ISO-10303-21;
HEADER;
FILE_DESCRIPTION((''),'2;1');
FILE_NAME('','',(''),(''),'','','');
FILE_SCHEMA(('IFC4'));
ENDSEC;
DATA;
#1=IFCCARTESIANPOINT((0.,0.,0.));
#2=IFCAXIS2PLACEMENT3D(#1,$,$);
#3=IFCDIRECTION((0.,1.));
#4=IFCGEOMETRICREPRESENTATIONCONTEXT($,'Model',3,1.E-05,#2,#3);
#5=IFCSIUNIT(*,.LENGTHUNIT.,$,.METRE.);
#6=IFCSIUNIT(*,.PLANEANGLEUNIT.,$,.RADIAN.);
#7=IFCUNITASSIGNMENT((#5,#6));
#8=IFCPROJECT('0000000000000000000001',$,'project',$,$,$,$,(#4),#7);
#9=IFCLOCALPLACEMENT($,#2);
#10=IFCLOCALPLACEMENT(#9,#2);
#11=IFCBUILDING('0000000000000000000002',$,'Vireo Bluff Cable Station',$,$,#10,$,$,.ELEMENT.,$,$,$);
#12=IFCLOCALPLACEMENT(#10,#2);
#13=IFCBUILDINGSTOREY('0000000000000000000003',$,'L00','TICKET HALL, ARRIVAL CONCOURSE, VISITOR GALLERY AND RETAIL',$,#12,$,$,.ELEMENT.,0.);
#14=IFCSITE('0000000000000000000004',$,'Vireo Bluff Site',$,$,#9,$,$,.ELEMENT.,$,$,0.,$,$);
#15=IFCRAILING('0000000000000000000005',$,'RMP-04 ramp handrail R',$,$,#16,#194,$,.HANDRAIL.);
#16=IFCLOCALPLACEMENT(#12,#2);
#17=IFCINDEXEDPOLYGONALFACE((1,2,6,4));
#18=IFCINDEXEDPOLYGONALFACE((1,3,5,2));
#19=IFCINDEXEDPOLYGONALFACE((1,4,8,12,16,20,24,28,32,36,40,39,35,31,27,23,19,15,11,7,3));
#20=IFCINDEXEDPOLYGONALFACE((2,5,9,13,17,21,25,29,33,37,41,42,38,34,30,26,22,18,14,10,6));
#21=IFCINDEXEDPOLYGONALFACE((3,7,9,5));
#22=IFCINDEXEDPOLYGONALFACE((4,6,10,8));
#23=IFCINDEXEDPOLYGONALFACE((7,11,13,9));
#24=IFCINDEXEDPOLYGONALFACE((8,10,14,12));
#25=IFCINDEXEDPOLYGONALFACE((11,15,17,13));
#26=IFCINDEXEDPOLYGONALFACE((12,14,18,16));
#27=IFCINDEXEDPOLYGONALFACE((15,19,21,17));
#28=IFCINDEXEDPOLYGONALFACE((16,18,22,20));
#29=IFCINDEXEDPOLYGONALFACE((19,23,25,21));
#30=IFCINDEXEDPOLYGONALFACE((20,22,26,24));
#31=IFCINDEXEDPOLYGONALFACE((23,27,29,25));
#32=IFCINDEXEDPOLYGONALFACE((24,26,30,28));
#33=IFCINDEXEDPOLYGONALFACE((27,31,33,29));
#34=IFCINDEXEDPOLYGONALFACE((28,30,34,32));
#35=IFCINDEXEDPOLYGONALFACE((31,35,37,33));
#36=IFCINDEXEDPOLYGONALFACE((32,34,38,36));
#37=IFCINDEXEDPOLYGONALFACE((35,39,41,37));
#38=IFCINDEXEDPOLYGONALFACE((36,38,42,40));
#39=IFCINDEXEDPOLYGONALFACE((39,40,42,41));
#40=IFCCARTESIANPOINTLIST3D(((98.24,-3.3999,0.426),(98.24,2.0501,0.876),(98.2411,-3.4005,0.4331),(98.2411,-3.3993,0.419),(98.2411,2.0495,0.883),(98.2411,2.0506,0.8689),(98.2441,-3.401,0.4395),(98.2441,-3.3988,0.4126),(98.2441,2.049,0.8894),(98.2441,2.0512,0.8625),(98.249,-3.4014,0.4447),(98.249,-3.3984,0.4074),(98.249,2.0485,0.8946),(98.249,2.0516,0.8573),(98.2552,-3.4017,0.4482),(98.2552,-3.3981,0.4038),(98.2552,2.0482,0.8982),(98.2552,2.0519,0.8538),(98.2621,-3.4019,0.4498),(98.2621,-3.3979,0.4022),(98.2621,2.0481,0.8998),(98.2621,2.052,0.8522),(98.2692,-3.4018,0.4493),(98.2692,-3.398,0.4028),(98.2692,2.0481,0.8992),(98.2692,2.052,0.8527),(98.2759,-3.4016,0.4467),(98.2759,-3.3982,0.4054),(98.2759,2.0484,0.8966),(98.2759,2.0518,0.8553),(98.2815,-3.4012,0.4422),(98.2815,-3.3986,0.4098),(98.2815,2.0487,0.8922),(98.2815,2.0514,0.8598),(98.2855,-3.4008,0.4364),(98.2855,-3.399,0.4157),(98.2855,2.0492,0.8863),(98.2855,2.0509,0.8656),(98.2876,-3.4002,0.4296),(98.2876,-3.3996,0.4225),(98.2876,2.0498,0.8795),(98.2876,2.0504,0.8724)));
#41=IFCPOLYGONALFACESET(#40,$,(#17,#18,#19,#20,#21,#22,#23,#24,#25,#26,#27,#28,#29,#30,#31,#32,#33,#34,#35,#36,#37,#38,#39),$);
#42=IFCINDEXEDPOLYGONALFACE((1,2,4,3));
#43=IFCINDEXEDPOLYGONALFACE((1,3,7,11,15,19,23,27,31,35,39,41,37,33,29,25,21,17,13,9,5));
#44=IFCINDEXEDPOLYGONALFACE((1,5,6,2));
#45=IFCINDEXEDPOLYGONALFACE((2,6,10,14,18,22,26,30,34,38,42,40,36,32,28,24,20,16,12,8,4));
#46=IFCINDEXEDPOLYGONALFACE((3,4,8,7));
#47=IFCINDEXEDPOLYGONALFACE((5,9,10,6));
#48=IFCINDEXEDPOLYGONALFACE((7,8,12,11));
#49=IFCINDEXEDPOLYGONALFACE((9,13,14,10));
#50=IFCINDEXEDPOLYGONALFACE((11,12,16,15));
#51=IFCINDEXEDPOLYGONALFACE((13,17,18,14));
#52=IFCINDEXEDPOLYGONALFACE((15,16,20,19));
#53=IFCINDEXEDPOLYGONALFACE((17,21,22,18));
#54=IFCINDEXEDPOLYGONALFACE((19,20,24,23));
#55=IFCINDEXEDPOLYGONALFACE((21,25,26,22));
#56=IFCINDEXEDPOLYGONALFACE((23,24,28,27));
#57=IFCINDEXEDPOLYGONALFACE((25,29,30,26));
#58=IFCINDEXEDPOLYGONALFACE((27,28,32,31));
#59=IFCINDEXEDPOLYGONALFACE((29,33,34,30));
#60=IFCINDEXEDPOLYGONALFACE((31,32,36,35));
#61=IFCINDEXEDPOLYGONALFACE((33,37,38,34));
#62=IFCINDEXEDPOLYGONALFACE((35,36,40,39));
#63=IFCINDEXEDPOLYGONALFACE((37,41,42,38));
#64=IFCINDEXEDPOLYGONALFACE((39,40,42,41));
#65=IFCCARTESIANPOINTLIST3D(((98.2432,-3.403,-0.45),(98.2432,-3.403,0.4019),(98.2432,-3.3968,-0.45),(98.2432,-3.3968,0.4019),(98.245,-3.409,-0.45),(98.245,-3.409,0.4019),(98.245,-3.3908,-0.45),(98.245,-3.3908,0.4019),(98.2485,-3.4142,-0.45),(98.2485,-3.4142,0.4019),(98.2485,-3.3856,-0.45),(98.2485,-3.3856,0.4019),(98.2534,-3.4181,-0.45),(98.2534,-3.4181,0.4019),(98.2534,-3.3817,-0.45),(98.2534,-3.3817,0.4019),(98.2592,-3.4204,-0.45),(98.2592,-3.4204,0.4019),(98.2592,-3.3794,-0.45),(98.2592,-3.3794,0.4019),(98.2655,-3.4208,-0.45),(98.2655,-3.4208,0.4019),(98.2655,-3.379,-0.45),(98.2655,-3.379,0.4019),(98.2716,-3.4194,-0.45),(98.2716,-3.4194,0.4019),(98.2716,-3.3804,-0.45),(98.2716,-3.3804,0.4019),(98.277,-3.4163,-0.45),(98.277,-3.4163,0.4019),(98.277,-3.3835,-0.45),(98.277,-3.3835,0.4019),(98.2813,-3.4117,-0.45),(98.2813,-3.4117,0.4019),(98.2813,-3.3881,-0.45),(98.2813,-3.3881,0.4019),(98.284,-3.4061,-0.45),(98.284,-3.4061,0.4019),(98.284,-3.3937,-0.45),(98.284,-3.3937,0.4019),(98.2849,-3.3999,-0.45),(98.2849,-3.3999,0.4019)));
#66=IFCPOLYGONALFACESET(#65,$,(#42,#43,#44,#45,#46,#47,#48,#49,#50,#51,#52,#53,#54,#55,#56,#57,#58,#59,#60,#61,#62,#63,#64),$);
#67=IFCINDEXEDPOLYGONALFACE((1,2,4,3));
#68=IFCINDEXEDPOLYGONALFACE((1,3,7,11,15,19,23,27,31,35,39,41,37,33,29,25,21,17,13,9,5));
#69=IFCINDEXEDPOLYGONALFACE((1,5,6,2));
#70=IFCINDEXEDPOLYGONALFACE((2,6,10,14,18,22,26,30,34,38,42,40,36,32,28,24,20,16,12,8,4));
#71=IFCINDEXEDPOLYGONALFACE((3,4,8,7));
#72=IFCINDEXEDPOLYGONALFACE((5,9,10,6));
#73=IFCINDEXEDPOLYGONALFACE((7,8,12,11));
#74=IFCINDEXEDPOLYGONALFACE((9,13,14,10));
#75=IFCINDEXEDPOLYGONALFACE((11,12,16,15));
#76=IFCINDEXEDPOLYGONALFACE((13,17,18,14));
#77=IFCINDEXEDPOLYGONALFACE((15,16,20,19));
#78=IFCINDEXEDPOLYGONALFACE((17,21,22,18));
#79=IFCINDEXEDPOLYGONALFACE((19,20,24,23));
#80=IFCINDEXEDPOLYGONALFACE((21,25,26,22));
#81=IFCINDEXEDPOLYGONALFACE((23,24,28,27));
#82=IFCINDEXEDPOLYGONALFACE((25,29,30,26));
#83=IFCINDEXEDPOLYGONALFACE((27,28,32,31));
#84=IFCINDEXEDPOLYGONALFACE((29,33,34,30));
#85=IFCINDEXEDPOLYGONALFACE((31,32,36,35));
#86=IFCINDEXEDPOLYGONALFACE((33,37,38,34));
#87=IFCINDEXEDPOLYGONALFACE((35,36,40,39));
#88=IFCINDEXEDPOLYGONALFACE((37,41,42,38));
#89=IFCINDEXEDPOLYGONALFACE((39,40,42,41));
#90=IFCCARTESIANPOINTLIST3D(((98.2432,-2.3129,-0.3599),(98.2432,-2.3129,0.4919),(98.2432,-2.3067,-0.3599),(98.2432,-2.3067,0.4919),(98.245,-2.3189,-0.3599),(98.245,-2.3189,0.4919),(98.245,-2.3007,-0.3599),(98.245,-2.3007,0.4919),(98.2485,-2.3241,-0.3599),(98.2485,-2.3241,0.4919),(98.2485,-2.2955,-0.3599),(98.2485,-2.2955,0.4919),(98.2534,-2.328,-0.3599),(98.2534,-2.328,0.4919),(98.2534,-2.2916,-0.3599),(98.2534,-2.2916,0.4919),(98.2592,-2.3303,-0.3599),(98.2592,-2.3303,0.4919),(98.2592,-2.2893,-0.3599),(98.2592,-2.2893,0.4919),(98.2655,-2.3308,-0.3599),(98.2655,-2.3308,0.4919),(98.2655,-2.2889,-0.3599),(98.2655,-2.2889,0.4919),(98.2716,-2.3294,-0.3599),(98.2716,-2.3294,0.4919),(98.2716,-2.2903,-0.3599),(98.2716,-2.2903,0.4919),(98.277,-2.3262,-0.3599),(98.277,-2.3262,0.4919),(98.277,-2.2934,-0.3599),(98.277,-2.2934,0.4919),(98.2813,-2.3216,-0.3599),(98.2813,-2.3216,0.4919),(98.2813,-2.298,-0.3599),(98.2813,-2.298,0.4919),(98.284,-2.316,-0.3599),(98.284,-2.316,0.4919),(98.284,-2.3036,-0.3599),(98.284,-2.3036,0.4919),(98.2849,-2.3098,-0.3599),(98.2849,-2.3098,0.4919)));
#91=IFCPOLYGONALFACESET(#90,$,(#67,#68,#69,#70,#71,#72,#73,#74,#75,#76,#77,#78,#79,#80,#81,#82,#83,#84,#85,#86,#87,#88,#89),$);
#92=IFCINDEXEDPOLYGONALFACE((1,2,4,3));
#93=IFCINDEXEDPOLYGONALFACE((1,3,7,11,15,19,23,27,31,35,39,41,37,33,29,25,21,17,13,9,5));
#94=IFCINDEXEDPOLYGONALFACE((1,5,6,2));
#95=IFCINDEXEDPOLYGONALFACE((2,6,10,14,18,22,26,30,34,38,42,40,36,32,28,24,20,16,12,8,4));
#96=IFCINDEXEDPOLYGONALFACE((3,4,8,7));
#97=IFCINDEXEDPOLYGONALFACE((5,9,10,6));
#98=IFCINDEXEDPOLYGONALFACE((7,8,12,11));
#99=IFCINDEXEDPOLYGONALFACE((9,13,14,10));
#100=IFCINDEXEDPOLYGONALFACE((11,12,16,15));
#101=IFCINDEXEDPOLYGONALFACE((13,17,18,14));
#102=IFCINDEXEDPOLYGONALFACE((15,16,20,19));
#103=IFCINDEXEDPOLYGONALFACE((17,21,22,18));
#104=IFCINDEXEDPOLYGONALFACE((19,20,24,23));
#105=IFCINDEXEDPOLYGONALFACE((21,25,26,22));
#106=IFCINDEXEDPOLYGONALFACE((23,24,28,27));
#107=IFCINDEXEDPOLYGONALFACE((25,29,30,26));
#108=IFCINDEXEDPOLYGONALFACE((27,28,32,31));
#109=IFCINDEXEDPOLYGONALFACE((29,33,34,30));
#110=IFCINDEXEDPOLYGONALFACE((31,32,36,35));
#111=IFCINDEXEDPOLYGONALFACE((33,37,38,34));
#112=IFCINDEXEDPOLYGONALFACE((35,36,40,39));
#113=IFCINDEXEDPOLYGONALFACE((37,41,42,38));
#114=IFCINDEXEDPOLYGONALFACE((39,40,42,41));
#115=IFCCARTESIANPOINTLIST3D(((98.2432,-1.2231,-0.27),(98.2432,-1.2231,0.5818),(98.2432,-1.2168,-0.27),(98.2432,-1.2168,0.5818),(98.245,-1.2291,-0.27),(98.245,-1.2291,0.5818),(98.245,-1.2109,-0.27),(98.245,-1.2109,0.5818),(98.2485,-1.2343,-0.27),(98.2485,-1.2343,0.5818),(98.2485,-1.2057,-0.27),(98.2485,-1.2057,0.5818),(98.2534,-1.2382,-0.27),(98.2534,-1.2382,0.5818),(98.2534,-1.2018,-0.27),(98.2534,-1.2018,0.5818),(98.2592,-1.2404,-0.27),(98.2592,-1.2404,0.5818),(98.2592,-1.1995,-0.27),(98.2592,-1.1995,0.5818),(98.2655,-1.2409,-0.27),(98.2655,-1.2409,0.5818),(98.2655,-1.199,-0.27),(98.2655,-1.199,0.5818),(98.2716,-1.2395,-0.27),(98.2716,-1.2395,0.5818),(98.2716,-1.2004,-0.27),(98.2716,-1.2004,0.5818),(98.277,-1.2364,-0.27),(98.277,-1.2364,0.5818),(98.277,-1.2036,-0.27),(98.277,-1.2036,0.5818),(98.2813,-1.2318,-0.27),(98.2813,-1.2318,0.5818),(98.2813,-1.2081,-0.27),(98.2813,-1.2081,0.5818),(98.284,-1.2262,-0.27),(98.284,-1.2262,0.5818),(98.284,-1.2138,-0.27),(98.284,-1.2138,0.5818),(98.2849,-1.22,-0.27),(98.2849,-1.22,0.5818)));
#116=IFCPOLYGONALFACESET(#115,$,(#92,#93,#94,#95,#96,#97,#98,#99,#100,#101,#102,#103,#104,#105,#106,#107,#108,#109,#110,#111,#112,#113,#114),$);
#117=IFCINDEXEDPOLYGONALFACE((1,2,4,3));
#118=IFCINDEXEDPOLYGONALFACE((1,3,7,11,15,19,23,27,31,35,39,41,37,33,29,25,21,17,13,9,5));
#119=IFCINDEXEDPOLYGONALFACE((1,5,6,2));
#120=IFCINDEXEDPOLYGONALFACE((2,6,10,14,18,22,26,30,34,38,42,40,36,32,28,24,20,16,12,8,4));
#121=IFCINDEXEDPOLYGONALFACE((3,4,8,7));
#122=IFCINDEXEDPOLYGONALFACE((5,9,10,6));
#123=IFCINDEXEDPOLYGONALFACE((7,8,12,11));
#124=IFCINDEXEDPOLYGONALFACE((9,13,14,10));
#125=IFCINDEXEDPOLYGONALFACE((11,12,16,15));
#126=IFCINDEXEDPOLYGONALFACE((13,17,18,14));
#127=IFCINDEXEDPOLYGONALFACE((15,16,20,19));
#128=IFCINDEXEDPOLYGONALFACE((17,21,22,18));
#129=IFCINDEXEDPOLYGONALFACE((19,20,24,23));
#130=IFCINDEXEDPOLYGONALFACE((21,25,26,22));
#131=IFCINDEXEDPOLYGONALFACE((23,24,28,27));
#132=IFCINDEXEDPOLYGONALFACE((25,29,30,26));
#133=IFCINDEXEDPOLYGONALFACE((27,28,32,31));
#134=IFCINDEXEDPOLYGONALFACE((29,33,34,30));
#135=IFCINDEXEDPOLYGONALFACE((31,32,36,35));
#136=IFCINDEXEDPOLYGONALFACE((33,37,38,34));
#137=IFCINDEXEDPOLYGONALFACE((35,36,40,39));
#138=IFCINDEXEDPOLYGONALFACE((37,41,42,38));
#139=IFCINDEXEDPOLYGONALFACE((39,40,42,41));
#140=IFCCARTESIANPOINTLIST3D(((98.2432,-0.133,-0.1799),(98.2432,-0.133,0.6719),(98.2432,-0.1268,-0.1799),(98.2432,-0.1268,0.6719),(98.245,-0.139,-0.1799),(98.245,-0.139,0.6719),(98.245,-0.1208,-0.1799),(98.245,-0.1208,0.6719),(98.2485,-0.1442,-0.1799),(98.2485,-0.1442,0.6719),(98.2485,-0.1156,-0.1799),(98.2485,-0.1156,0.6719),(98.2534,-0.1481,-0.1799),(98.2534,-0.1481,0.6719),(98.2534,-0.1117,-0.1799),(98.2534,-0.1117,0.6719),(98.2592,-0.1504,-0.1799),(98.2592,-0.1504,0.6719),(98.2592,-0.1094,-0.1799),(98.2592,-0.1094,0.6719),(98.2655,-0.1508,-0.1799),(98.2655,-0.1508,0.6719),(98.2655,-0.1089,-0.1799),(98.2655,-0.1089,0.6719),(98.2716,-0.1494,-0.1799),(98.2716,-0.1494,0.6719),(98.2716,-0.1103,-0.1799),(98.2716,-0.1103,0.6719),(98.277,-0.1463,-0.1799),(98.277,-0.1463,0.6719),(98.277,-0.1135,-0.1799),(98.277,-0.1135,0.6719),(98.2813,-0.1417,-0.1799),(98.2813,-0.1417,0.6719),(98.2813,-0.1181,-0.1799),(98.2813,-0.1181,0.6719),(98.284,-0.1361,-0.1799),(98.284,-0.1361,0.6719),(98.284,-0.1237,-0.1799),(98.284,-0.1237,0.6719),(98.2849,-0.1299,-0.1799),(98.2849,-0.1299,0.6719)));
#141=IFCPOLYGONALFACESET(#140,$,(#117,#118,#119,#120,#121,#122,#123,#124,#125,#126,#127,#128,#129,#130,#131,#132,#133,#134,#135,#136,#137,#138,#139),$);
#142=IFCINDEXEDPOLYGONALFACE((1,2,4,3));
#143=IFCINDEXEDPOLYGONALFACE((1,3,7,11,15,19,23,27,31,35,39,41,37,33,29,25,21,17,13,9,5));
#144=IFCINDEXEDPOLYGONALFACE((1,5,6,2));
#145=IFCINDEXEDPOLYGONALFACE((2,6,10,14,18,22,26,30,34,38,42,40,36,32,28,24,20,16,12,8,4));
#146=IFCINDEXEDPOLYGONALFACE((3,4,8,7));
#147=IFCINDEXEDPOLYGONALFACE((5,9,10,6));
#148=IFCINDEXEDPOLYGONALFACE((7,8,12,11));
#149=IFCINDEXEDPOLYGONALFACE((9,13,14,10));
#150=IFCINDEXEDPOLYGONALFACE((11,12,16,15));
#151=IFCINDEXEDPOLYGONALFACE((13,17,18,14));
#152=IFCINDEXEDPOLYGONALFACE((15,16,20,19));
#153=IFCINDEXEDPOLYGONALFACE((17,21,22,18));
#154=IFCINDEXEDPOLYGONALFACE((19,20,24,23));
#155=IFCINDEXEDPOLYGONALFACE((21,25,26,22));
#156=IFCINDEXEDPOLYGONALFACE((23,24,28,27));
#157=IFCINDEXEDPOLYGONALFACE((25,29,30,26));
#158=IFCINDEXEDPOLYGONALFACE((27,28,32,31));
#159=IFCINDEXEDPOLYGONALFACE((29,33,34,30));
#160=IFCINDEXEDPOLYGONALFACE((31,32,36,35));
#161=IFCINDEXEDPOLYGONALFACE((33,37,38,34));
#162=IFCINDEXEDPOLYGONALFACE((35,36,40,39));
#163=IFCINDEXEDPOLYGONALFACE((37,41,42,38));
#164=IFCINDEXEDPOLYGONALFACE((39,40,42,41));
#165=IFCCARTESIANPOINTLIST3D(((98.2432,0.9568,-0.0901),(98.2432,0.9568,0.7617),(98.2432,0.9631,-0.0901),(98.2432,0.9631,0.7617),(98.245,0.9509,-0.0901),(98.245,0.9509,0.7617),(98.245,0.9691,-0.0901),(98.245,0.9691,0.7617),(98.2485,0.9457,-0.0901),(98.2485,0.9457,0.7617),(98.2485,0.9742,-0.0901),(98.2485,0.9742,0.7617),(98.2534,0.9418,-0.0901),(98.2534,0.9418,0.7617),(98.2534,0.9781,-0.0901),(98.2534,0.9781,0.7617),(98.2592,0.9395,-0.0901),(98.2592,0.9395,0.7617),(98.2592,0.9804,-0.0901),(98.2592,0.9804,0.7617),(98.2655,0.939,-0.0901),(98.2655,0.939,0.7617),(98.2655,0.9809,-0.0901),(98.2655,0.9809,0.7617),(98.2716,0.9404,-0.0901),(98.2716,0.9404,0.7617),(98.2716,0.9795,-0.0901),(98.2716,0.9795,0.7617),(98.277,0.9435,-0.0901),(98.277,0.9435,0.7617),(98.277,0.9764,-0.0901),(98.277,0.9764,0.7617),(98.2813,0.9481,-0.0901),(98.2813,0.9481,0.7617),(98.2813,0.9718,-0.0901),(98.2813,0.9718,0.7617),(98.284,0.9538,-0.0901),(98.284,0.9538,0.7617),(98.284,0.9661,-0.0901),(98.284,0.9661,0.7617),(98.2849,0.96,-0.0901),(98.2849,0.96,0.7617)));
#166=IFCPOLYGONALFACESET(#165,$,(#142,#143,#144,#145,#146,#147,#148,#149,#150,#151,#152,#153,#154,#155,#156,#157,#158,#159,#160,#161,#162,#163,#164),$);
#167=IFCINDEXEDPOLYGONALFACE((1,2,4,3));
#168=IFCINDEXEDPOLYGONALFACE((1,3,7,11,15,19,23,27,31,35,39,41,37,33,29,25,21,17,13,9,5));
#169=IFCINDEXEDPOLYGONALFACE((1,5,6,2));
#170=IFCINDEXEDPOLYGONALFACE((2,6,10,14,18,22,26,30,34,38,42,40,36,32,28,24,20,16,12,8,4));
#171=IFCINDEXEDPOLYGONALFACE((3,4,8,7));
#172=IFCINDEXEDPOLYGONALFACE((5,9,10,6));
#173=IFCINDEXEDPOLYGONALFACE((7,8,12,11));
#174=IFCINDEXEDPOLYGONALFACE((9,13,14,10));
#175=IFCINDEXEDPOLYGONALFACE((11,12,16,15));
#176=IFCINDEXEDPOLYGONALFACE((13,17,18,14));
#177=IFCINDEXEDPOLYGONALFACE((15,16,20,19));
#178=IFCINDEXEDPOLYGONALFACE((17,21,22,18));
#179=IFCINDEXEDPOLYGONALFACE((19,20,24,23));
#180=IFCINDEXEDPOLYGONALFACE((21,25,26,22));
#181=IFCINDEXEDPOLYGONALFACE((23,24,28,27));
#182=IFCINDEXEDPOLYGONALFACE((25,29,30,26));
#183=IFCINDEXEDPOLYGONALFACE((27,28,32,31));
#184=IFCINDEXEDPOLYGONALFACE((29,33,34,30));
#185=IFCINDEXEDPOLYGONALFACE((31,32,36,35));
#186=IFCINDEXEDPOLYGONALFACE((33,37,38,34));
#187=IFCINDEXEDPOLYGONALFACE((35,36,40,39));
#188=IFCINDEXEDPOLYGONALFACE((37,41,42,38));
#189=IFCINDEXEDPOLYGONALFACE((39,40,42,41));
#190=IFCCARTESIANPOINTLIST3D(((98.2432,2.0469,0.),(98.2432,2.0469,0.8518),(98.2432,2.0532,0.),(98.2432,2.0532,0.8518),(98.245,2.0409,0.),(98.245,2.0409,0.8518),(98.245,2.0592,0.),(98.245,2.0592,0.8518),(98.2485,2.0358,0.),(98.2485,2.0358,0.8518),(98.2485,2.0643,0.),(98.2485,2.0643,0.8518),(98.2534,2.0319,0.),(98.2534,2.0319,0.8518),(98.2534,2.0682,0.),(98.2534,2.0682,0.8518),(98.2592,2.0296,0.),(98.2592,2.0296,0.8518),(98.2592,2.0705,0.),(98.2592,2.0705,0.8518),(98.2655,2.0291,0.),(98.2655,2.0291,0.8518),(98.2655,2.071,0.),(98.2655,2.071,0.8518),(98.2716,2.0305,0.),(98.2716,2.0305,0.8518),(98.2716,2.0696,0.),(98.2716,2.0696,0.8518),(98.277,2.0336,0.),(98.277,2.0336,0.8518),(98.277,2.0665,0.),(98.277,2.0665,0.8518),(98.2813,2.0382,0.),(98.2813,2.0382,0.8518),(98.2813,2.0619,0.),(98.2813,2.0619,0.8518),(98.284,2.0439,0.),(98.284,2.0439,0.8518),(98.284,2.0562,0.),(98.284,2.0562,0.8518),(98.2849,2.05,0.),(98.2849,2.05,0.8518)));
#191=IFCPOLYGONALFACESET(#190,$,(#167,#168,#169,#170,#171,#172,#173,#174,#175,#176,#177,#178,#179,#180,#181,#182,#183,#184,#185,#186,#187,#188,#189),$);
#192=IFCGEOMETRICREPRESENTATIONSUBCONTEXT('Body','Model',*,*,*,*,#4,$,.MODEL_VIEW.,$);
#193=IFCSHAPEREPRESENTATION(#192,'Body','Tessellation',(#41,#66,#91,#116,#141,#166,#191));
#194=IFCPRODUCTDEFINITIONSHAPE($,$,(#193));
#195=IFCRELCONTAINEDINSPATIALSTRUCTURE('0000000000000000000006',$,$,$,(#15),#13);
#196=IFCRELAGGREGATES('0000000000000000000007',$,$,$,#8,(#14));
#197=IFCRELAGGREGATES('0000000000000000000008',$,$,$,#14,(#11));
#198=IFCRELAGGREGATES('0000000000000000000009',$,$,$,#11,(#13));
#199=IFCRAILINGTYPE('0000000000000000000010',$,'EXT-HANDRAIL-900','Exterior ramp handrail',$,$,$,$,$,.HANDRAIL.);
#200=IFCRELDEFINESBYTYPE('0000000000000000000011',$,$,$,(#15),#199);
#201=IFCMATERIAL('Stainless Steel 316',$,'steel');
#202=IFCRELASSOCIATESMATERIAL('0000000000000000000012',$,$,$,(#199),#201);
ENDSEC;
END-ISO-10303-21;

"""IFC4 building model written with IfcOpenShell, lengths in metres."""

from ifc_helpers import new_model, si_unit, direction, frame, origin, origin_2d, place, context, subcontext, project, spatial, circle, extrude, material, type_object, element, save


model = new_model("IFC4")

# Units and contexts
model_context = context("Model", 3, precision=1e-05, world=origin(), true_north=direction((0.0, 1.0)))
body_context = subcontext(model_context, "Body", "Model", "MODEL_VIEW")
ifc_project = project(units=[si_unit("LENGTHUNIT", "METRE"), si_unit("PLANEANGLEUNIT", "RADIAN")], contexts=[model_context])

# Site, building, storey
site_placement = place(None, origin())
site = spatial("IfcSite", under=ifc_project, at=site_placement, Name="Vireo Bluff Site", CompositionType="ELEMENT", RefElevation=0.0)
building_placement = place(site_placement, origin())
building = spatial("IfcBuilding", under=site, at=building_placement, Name="Vireo Bluff Cable Station", CompositionType="ELEMENT")
storey_placement = place(building_placement, origin())
storey = spatial("IfcBuildingStorey", under=building, at=storey_placement, Name="L00", Description="TICKET HALL, ARRIVAL CONCOURSE, VISITOR GALLERY AND RETAIL", CompositionType="ELEMENT", Elevation=0.0)

# Railing
ifc_material_1 = material(Name="Stainless Steel 316", Category="steel")
railing_type = type_object("IfcRailingType", Name="EXT-HANDRAIL-900", Description="Exterior ramp handrail", PredefinedType="HANDRAIL", material=ifc_material_1)
for number, where, name in (
    (1, (98.2639, -3.3999, -0.45), "RMP-04 ramp handrail R"),
):
    element("IfcRailing", number, at=place(storey_placement, frame(where)), inside=storey, type_object=railing_type, Name=name, PredefinedType="HANDRAIL", context=body_context, shape_type="SweptSolid", body=[
        extrude(circle(Radius=0.0239, at=origin_2d()), frame((0.0, 0.0, 0.876), z_axis=(0.0, 0.996609, 0.082281), x_axis=(-1.0, 0.0, 0.0)), (0.0, 0.0, 1.0), 5.4685),
        extrude(circle(Radius=0.021, at=origin_2d()), origin(), (0.0, 0.0, 1.0), 0.8518),
        extrude(circle(Radius=0.021, at=origin_2d()), frame((0.0, 1.0901, 0.0901)), (0.0, 0.0, 1.0), 0.8518),
        extrude(circle(Radius=0.021, at=origin_2d()), frame((0.0, 2.1799, 0.1799)), (0.0, 0.0, 1.0), 0.8518),
        extrude(circle(Radius=0.021, at=origin_2d()), frame((0.0, 3.27, 0.27)), (0.0, 0.0, 1.0), 0.8518),
        extrude(circle(Radius=0.021, at=origin_2d()), frame((0.0, 4.3599, 0.3599)), (0.0, 0.0, 1.0), 0.8518),
        extrude(circle(Radius=0.021, at=origin_2d()), frame((0.0, 5.45, 0.45)), (0.0, 0.0, 1.0), 0.8518),
    ])

save(model, "model.ifc")
